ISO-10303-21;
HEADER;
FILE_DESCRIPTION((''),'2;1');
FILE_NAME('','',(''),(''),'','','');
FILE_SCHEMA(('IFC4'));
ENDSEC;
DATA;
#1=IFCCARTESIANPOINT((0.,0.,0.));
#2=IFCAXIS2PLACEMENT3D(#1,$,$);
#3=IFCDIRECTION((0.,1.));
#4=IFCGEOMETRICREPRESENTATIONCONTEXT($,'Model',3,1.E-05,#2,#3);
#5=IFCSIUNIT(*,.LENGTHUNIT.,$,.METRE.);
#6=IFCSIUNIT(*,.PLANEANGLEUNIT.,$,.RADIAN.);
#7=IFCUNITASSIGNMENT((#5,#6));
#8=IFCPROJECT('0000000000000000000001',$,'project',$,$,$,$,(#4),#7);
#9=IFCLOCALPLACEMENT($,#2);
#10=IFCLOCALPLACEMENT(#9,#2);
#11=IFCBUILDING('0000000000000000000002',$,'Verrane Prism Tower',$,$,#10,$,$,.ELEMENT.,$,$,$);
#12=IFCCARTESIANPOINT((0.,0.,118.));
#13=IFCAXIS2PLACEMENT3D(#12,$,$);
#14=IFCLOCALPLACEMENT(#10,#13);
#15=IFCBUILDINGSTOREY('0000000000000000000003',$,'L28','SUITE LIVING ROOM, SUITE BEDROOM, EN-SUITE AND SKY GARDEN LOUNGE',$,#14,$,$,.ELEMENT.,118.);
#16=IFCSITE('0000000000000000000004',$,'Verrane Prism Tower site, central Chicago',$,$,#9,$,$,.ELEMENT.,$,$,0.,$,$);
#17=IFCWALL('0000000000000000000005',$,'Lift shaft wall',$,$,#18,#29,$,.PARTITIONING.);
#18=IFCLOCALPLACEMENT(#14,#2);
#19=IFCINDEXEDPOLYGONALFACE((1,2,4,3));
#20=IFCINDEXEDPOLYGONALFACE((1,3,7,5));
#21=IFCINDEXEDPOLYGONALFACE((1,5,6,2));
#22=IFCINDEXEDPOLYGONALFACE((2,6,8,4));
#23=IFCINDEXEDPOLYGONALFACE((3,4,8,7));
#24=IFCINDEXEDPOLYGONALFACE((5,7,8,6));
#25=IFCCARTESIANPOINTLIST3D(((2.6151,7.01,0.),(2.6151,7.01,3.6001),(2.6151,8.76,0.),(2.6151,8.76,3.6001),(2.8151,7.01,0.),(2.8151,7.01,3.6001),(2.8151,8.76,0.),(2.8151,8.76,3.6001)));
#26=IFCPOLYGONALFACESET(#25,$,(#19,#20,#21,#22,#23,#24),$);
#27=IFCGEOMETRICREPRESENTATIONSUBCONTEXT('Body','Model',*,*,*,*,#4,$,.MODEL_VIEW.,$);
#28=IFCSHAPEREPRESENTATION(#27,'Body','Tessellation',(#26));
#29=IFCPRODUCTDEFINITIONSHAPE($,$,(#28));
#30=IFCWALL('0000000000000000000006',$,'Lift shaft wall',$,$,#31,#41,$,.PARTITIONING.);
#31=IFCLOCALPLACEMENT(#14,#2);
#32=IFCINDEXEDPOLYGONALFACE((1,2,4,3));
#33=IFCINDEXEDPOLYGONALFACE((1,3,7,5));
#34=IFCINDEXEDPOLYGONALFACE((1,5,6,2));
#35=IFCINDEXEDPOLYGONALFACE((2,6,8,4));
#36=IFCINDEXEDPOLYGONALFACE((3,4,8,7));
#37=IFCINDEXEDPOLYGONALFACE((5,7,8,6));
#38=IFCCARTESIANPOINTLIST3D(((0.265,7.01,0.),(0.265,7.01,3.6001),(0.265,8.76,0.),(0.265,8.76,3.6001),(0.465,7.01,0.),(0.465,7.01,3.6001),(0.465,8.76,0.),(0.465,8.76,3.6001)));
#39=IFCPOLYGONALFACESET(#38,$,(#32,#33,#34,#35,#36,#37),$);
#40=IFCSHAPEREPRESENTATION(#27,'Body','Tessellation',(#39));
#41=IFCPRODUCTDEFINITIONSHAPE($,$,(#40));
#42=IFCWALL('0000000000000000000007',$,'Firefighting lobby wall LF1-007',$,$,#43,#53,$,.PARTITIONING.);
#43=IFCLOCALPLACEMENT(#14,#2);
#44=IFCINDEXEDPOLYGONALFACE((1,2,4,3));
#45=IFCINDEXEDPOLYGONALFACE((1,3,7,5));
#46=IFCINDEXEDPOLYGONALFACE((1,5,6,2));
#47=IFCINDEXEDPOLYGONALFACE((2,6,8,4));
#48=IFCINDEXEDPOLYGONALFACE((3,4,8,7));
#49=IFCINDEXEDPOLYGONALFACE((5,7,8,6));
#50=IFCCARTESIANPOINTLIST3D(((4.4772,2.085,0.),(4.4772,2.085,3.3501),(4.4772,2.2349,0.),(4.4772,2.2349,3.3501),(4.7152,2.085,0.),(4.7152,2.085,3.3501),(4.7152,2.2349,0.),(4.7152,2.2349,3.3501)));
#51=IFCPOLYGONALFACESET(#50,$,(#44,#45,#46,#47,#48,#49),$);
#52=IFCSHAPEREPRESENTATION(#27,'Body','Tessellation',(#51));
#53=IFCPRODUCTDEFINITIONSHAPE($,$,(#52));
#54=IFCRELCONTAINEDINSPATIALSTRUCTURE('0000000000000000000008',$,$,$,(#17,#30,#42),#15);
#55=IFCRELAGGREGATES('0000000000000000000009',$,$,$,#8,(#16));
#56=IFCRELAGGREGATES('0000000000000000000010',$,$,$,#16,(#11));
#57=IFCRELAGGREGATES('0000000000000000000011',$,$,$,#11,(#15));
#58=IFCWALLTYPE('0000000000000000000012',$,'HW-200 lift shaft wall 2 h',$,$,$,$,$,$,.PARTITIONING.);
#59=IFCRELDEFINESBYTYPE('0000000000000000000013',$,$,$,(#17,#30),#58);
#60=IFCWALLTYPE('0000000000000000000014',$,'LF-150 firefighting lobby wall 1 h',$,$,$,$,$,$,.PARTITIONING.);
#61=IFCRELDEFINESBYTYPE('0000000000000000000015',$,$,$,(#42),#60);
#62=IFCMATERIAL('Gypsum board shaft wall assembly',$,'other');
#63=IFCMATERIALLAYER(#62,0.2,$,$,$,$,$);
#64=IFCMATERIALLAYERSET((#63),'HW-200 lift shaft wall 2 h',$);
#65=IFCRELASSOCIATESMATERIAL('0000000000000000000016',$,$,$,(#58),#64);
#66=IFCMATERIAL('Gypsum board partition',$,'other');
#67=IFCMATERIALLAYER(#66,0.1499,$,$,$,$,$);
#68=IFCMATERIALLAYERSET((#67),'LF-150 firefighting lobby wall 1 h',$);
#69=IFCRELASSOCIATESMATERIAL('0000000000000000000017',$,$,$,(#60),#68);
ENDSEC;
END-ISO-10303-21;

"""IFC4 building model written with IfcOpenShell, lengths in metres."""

from ifc_helpers import new_model, si_unit, direction, frame, frame_2d, origin, place, context, subcontext, project, spatial, rectangle, extrude, material, layer, layer_set, type_object, element, save


model = new_model("IFC4")

# Units and contexts
model_context = context("Model", 3, precision=1e-05, world=origin(), true_north=direction((0.0, 1.0)))
body_context = subcontext(model_context, "Body", "Model", "MODEL_VIEW")
ifc_project = project(units=[si_unit("LENGTHUNIT", "METRE"), si_unit("PLANEANGLEUNIT", "RADIAN")], contexts=[model_context])

# Site, building, storey
site_placement = place(None, origin())
site = spatial("IfcSite", under=ifc_project, at=site_placement, Name="Verrane Prism Tower site, central Chicago", CompositionType="ELEMENT", RefElevation=0.0)
building_placement = place(site_placement, origin())
building = spatial("IfcBuilding", under=site, at=building_placement, Name="Verrane Prism Tower", CompositionType="ELEMENT")
storey_placement = place(building_placement, frame((0.0, 0.0, 118.0)))
storey = spatial("IfcBuildingStorey", under=building, at=storey_placement, Name="L28", Description="SUITE LIVING ROOM, SUITE BEDROOM, EN-SUITE AND SKY GARDEN LOUNGE", CompositionType="ELEMENT", Elevation=118.0)

# Shared definitions
ifc_material_1 = material(Name="Gypsum board shaft wall assembly", Category="other")
ifc_layer_1 = layer(ifc_material_1, 0.2)
ifc_layer_set_1 = layer_set([ifc_layer_1], Name="HW-200 lift shaft wall 2 h")
wall_type_1 = type_object("IfcWallType", Name="HW-200 lift shaft wall 2 h", PredefinedType="PARTITIONING", material=ifc_layer_set_1)

# Walls
for number, where, z_axis, x_axis, name in (
    (1, (2.7151, 7.01, 0.0), (0.0, 0.0, 1.0), (0.0, 1.0, 0.0), "Lift shaft wall"),
    (2, (0.365, 7.01, 0.0), (0.0, 0.0, 1.0), (0.0, 1.0, 0.0), "Lift shaft wall"),
):
    element("IfcWall", number, at=place(storey_placement, frame(where, z_axis=z_axis, x_axis=x_axis)), inside=storey, type_object=wall_type_1, Name=name, PredefinedType="PARTITIONING", context=body_context, shape_type="SweptSolid", body=[
        extrude(rectangle(XDim=1.75, YDim=0.2, at=frame_2d((0.875, 0.0))), origin(), (0.0, 0.0, 1.0), 3.6001),
    ])
ifc_material_2 = material(Name="Gypsum board partition", Category="other")
ifc_layer_2 = layer(ifc_material_2, 0.1499)
ifc_layer_set_2 = layer_set([ifc_layer_2], Name="LF-150 firefighting lobby wall 1 h")
wall_type_2 = type_object("IfcWallType", Name="LF-150 firefighting lobby wall 1 h", PredefinedType="PARTITIONING", material=ifc_layer_set_2)
wall_1_placement = place(storey_placement, frame((4.4771, 2.1599, 0.0), z_axis=(0.0, 0.0, 1.0), x_axis=(1.0, 0.0, 0.0)))
element("IfcWall", 3, at=wall_1_placement, inside=storey, type_object=wall_type_2, Name="Firefighting lobby wall LF1-007", PredefinedType="PARTITIONING", context=body_context, shape_type="SweptSolid", body=[
    extrude(rectangle(XDim=0.238, YDim=0.1499, at=frame_2d((0.1191, 0.0))), origin(), (0.0, 0.0, 1.0), 3.3501),
])

save(model, "model.ifc")
